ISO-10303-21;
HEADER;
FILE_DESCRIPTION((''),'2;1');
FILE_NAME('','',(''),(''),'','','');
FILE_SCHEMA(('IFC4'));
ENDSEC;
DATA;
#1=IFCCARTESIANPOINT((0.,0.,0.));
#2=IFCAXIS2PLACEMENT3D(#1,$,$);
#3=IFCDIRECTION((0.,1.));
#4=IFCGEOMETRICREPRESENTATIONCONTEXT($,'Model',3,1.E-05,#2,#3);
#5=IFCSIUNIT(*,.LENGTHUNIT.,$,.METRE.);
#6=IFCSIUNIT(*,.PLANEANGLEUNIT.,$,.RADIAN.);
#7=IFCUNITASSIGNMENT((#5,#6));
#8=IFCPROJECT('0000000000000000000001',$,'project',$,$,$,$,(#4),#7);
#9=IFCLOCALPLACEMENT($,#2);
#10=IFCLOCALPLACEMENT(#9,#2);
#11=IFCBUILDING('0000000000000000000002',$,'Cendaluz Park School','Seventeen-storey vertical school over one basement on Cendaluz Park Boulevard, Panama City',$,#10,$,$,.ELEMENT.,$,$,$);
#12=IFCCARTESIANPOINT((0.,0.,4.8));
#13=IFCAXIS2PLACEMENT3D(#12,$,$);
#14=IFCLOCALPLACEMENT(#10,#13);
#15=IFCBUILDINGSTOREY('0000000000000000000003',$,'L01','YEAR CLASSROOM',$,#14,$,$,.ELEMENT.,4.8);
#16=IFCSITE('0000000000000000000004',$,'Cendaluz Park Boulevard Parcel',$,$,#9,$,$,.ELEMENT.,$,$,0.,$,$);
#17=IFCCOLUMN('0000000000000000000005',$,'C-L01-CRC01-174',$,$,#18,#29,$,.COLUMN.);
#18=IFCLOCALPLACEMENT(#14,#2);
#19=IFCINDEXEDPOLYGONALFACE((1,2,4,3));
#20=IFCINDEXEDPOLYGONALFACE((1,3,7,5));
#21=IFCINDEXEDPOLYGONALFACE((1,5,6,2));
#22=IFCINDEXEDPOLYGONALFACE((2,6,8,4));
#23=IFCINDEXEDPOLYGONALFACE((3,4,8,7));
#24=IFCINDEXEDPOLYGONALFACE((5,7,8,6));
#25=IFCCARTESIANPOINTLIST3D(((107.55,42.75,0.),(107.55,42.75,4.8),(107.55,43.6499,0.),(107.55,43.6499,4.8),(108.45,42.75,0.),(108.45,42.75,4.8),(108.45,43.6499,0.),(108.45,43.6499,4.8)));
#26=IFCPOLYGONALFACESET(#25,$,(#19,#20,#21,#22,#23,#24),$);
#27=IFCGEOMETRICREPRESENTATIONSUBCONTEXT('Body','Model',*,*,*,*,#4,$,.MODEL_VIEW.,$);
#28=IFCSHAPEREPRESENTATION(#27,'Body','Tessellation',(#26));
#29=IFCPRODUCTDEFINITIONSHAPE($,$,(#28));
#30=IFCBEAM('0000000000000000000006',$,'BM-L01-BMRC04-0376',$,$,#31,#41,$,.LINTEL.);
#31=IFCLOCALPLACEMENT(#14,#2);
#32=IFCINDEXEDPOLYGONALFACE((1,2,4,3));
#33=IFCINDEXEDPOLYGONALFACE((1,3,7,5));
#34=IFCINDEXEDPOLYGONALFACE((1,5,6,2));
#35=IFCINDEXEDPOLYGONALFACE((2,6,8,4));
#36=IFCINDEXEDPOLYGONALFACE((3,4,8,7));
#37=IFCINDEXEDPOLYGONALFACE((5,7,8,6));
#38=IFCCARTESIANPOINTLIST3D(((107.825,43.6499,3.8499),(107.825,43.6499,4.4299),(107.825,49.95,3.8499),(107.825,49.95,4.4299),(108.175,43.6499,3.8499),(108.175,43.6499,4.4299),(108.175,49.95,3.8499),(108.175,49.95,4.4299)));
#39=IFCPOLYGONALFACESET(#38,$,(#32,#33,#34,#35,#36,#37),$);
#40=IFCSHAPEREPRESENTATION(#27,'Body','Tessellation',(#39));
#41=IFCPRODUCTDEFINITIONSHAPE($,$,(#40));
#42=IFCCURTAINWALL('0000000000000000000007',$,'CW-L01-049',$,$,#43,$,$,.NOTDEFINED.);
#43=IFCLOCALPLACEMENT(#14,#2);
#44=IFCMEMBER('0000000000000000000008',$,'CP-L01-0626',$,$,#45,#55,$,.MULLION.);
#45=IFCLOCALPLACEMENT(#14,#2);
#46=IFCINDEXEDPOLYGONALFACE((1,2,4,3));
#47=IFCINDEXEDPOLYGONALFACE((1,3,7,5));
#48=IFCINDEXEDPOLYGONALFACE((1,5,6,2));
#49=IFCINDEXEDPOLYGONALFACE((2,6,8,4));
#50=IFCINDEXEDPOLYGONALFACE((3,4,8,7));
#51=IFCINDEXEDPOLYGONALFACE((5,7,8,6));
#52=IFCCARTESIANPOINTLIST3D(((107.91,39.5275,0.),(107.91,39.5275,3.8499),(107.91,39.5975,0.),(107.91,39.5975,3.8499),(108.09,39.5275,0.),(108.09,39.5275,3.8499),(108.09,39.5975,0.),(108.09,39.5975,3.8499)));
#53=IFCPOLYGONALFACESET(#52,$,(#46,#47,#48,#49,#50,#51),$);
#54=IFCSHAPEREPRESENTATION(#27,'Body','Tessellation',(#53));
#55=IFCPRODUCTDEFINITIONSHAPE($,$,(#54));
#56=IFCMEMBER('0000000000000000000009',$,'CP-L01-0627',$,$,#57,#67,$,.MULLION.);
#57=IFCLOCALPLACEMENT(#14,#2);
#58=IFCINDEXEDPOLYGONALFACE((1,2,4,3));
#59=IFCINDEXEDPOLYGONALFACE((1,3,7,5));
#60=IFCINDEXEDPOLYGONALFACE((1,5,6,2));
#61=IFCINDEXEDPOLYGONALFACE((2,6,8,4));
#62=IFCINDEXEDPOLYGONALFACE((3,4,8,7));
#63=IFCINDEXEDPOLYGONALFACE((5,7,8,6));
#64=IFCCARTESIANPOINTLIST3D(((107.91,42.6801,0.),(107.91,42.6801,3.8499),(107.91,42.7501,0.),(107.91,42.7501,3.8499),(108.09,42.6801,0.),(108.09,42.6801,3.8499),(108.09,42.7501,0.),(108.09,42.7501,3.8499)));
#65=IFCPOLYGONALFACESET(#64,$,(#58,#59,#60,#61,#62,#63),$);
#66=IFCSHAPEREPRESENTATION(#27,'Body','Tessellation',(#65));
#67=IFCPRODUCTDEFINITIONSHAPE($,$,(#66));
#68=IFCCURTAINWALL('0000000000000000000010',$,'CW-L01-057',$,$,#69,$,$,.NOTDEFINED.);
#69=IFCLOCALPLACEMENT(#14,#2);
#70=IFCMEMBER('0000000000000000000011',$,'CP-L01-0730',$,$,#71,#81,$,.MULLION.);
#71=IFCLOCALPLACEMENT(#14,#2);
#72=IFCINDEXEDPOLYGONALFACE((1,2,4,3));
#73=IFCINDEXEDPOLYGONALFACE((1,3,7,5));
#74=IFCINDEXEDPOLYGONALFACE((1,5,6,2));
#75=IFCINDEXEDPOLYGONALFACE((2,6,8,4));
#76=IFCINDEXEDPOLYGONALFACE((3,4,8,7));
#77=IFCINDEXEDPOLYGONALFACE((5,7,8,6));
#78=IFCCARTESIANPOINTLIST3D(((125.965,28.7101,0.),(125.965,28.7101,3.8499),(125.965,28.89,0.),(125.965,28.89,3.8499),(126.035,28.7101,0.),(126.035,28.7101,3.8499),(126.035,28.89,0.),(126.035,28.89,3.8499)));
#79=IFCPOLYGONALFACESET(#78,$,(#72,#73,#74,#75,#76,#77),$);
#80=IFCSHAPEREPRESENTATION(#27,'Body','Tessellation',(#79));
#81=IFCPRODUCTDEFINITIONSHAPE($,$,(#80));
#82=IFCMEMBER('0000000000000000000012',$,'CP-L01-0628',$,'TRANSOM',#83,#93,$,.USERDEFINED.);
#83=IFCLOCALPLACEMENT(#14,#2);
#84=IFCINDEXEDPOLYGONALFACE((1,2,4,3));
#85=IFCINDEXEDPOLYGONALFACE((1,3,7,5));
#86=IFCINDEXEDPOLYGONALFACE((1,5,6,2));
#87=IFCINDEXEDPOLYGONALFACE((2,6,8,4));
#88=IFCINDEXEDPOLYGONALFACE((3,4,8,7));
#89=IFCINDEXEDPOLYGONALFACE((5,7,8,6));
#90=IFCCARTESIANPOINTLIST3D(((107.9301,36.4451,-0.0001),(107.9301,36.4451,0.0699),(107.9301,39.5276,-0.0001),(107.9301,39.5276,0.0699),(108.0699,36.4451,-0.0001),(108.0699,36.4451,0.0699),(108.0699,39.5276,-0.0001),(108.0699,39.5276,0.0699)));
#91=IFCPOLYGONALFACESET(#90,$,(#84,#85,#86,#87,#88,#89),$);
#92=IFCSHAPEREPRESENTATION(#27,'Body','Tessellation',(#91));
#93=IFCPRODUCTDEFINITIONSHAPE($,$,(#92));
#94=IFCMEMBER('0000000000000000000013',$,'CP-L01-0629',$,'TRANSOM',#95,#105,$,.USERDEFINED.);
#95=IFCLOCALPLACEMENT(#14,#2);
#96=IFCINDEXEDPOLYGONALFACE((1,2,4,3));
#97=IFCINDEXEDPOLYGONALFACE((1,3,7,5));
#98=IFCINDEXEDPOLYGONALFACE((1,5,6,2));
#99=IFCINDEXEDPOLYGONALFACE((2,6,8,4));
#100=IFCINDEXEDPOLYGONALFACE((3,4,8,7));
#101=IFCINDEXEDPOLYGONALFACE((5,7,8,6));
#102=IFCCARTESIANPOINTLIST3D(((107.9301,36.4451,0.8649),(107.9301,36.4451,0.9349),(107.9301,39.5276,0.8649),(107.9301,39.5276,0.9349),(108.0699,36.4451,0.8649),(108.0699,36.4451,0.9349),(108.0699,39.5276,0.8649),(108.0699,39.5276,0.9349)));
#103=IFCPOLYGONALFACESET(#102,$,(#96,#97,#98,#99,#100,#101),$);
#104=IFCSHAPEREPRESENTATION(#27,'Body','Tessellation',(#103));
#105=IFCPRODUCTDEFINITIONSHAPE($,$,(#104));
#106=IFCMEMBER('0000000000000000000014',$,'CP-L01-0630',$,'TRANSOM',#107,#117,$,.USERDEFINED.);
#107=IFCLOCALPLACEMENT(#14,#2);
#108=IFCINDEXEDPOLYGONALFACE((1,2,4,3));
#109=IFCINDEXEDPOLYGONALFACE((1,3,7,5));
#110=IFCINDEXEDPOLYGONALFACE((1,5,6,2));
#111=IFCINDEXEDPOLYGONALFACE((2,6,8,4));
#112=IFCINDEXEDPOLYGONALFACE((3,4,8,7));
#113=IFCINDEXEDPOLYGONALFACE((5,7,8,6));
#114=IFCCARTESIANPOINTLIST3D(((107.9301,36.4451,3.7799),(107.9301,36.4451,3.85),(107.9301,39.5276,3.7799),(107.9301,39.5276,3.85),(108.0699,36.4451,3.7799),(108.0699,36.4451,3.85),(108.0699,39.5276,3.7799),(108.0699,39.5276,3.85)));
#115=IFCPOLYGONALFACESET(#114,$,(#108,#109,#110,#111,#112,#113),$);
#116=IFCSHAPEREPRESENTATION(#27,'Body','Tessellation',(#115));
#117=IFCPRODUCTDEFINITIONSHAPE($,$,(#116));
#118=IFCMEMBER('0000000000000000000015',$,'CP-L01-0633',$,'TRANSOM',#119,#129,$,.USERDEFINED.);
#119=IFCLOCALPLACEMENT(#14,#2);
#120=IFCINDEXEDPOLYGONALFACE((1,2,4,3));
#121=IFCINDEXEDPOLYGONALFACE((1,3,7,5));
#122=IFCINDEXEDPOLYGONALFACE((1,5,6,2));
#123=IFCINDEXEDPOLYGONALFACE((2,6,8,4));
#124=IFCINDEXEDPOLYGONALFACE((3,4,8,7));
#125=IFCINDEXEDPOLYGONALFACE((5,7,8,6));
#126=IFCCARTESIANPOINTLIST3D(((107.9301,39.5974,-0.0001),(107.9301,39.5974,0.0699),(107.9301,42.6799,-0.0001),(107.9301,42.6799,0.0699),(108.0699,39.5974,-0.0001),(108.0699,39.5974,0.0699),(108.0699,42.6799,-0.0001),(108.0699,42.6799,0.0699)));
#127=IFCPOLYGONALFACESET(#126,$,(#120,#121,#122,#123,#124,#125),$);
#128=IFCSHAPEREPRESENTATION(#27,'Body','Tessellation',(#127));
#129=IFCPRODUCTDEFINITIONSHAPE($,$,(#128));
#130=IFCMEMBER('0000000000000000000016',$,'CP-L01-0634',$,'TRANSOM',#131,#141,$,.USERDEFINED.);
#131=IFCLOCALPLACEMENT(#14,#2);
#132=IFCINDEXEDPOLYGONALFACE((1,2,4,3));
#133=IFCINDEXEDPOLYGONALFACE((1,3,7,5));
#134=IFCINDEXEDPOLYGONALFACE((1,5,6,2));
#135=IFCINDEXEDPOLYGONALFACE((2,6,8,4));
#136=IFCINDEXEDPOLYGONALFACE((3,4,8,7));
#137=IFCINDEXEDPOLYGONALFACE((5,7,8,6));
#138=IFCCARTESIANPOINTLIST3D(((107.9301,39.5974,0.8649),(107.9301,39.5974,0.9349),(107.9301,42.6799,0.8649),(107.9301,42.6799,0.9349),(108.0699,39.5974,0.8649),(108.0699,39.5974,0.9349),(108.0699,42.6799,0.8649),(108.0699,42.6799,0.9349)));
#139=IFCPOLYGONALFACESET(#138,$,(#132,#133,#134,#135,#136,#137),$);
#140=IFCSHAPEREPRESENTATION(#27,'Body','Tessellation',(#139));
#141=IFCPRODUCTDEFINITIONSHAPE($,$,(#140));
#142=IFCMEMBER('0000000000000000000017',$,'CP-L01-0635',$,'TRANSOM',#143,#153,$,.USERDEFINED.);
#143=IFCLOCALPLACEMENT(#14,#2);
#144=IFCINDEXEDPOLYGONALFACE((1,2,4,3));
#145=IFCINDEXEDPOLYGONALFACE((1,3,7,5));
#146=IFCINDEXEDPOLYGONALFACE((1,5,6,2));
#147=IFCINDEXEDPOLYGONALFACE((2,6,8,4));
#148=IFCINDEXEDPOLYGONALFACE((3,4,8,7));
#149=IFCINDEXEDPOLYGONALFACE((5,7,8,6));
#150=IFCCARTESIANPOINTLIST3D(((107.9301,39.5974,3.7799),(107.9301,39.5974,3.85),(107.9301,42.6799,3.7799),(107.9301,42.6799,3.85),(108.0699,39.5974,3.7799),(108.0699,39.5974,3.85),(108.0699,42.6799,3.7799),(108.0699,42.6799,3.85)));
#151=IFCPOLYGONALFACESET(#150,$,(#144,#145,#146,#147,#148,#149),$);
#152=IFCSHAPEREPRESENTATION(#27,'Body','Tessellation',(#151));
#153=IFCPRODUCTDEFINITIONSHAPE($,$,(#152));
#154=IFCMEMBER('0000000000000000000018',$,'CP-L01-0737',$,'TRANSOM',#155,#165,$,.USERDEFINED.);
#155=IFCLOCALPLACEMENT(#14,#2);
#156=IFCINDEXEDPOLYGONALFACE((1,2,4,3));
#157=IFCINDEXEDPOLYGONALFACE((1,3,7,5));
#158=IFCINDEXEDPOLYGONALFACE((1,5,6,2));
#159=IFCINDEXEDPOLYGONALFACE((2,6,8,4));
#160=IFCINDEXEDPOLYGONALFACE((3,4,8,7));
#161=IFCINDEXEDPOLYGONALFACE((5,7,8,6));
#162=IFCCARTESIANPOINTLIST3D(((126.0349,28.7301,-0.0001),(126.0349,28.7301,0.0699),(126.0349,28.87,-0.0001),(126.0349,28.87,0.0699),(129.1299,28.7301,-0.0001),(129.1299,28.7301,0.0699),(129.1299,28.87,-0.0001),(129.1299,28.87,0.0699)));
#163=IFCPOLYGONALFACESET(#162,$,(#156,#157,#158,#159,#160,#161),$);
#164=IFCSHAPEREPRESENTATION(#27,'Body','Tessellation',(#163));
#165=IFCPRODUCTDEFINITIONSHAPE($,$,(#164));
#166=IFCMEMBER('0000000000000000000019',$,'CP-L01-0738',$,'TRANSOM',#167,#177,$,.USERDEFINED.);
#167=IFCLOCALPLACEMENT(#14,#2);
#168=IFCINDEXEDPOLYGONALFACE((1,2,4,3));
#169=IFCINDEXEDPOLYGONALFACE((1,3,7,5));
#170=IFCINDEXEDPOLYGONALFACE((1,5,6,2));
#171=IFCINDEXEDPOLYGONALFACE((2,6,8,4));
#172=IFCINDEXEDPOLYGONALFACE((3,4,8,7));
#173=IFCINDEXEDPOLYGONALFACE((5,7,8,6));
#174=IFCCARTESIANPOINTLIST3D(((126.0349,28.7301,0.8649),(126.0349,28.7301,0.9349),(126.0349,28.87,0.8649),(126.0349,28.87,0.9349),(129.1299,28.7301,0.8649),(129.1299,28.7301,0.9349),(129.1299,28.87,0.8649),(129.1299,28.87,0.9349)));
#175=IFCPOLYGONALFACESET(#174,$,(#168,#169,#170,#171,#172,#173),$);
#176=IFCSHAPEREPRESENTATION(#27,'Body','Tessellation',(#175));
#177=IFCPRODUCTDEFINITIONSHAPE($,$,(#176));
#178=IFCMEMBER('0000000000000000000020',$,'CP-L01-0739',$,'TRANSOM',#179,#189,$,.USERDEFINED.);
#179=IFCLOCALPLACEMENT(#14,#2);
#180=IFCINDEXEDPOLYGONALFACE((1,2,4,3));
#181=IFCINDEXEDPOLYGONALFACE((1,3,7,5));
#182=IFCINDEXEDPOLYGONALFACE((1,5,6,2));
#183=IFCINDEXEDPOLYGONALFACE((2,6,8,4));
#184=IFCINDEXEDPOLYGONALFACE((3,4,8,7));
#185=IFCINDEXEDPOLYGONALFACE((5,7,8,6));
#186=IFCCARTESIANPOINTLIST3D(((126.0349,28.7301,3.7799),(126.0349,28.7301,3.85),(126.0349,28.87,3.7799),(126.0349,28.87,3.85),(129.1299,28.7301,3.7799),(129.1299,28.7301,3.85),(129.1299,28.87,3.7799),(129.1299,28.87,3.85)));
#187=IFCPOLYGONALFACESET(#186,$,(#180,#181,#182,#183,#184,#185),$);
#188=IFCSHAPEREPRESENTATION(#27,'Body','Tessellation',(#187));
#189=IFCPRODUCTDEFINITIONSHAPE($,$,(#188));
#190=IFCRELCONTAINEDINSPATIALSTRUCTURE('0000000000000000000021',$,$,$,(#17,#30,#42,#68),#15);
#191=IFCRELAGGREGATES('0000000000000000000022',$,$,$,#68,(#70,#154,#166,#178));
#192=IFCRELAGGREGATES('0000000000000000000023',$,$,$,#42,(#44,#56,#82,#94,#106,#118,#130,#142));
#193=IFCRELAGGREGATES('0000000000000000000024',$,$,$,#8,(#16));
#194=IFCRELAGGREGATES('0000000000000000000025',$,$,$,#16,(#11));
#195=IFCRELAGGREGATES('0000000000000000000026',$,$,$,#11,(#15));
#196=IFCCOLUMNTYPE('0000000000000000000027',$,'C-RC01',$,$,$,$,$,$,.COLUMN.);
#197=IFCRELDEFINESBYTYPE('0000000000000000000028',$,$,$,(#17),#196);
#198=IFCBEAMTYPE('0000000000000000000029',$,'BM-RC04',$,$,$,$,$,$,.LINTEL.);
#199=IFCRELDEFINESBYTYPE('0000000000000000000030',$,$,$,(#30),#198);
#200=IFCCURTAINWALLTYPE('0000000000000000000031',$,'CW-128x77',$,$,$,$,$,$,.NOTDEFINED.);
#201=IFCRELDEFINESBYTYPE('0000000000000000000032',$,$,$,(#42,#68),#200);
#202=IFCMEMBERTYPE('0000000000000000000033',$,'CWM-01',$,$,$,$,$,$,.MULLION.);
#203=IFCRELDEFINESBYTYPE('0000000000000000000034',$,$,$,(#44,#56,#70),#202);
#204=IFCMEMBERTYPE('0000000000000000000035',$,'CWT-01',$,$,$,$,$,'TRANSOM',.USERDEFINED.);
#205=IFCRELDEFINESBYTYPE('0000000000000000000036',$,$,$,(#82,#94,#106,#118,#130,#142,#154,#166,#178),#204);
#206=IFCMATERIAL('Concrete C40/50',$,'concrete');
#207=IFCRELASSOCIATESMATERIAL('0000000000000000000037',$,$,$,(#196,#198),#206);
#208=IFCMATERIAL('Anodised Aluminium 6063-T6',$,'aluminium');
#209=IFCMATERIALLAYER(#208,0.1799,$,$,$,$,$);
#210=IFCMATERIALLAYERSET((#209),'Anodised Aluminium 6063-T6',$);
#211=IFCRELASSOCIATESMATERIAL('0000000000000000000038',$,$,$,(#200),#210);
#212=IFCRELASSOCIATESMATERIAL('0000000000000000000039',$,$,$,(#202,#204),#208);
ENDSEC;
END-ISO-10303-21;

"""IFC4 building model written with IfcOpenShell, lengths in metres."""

from ifc_helpers import new_model, si_unit, direction, frame, origin, origin_2d, place, context, subcontext, project, spatial, rectangle, extrude, material, layer, layer_set, material_profile, profile_set, type_object, element, aggregate, save


model = new_model("IFC4")

# Units and contexts
model_context = context("Model", 3, precision=1e-05, world=origin(), true_north=direction((0.0, 1.0)))
body_context = subcontext(model_context, "Body", "Model", "MODEL_VIEW")
ifc_project = project(units=[si_unit("LENGTHUNIT", "METRE"), si_unit("PLANEANGLEUNIT", "RADIAN")], contexts=[model_context])

# Site, building, storey
site_placement = place(None, origin())
site = spatial("IfcSite", under=ifc_project, at=site_placement, Name="Cendaluz Park Boulevard Parcel", CompositionType="ELEMENT", RefElevation=0.0)
building_placement = place(site_placement, origin())
building = spatial("IfcBuilding", under=site, at=building_placement, Name="Cendaluz Park School", Description="Seventeen-storey vertical school over one basement on Cendaluz Park Boulevard, Panama City", CompositionType="ELEMENT")
storey_placement = place(building_placement, frame((0.0, 0.0, 4.8)))
storey = spatial("IfcBuildingStorey", under=building, at=storey_placement, Name="L01", Description="YEAR CLASSROOM", CompositionType="ELEMENT", Elevation=4.8)

# Column
ifc_material_1 = material(Name="Concrete C40/50", Category="concrete")
ifc_material_profile_1 = material_profile(ifc_material_1, rectangle(XDim=0.8999, YDim=0.8999, at=origin_2d()), Name="RC 900x900", Category="concrete")
ifc_profile_set_1 = profile_set([ifc_material_profile_1], Name="Concrete C40/50")
column_type = type_object("IfcColumnType", Name="C-RC01", PredefinedType="COLUMN", material=ifc_profile_set_1)
column_placement = place(storey_placement, frame((108.0, 43.2, 0.0), z_axis=(0.0, 0.0, 1.0), x_axis=(1.0, 0.0, 0.0)))
element("IfcColumn", 1, at=column_placement, inside=storey, type_object=column_type, Name="C-L01-CRC01-174", PredefinedType="COLUMN", context=body_context, shape_type="SweptSolid", body=[
    extrude(rectangle(XDim=0.8999, YDim=0.8999, at=origin_2d()), origin(), (0.0, 0.0, 1.0), 4.8),
])

# Beam
ifc_material_profile_2 = material_profile(ifc_material_1, rectangle(XDim=0.3501, YDim=0.5801, at=origin_2d()), Name="RC 350x580", Category="concrete")
ifc_profile_set_2 = profile_set([ifc_material_profile_2], Name="Concrete C40/50")
beam_type = type_object("IfcBeamType", Name="BM-RC04", PredefinedType="LINTEL", material=ifc_profile_set_2)
beam_placement = place(storey_placement, frame((108.0, 43.6499, 4.1399), z_axis=(0.0, 1.0, 0.0), x_axis=(-1.0, 0.0, 0.0)))
element("IfcBeam", 2, at=beam_placement, inside=storey, type_object=beam_type, Name="BM-L01-BMRC04-0376", PredefinedType="LINTEL", context=body_context, shape_type="SweptSolid", body=[
    extrude(rectangle(XDim=0.3501, YDim=0.5801, at=origin_2d()), origin(), (0.0, 0.0, 1.0), 6.3),
])

# Curtain wall, members
ifc_material_2 = material(Name="Anodised Aluminium 6063-T6", Category="aluminium")
ifc_layer_1 = layer(ifc_material_2, 0.1799)
ifc_layer_set_1 = layer_set([ifc_layer_1], Name="Anodised Aluminium 6063-T6")
curtain_wall_type = type_object("IfcCurtainWallType", Name="CW-128x77", PredefinedType="NOTDEFINED", material=ifc_layer_set_1)
curtain_wall_1_placement = place(storey_placement, origin())
curtain_wall_1 = element("IfcCurtainWall", 3, at=curtain_wall_1_placement, inside=storey, type_object=curtain_wall_type, Name="CW-L01-049", PredefinedType="NOTDEFINED")
ifc_material_profile_3 = material_profile(ifc_material_2, rectangle(XDim=0.1799, YDim=0.0701, at=origin_2d()), Name="CWM 180x70", Category="aluminium")
ifc_profile_set_3 = profile_set([ifc_material_profile_3], Name="Anodised Aluminium 6063-T6")
member_type_1 = type_object("IfcMemberType", Name="CWM-01", PredefinedType="MULLION", material=ifc_profile_set_3)
member_1_placement = place(storey_placement, frame((108.0, 39.5625, 0.0), z_axis=(0.0, 0.0, 1.0), x_axis=(-1.0, 0.0, 0.0)))
member_1 = element("IfcMember", 4, at=member_1_placement, type_object=member_type_1, Name="CP-L01-0626", PredefinedType="MULLION", context=body_context, shape_type="SweptSolid", body=[
    extrude(rectangle(XDim=0.1799, YDim=0.0701, at=origin_2d()), origin(), (0.0, 0.0, 1.0), 3.8499),
])
member_2_placement = place(storey_placement, frame((108.0, 42.7151, 0.0), z_axis=(0.0, 0.0, 1.0), x_axis=(-1.0, 0.0, 0.0)))
member_2 = element("IfcMember", 5, at=member_2_placement, type_object=member_type_1, Name="CP-L01-0627", PredefinedType="MULLION", context=body_context, shape_type="SweptSolid", body=[
    extrude(rectangle(XDim=0.1799, YDim=0.0701, at=origin_2d()), origin(), (0.0, 0.0, 1.0), 3.8499),
])

# Curtain wall, member
curtain_wall_2_placement = place(storey_placement, origin())
curtain_wall_2 = element("IfcCurtainWall", 6, at=curtain_wall_2_placement, inside=storey, type_object=curtain_wall_type, Name="CW-L01-057", PredefinedType="NOTDEFINED")
member_3_placement = place(storey_placement, frame((126.0, 28.8, 0.0), z_axis=(0.0, 0.0, 1.0), x_axis=(0.0, 1.0, 0.0)))
member_3 = element("IfcMember", 7, at=member_3_placement, type_object=member_type_1, Name="CP-L01-0730", PredefinedType="MULLION", context=body_context, shape_type="SweptSolid", body=[
    extrude(rectangle(XDim=0.1799, YDim=0.0701, at=origin_2d()), origin(), (0.0, 0.0, 1.0), 3.8499),
])

# Members
ifc_material_profile_4 = material_profile(ifc_material_2, rectangle(XDim=0.1399, YDim=0.0701, at=origin_2d()), Name="CWT 140x70", Category="aluminium")
ifc_profile_set_4 = profile_set([ifc_material_profile_4], Name="Anodised Aluminium 6063-T6")
member_type_2 = type_object("IfcMemberType", Name="CWT-01", ElementType="TRANSOM", PredefinedType="USERDEFINED", material=ifc_profile_set_4)
member_4_placement = place(storey_placement, frame((108.0, 36.4451, 0.0349), z_axis=(0.0, 1.0, 0.0), x_axis=(-1.0, 0.0, 0.0)))
member_4 = element("IfcMember", 8, at=member_4_placement, type_object=member_type_2, Name="CP-L01-0628", ObjectType="TRANSOM", PredefinedType="USERDEFINED", context=body_context, shape_type="SweptSolid", body=[
    extrude(rectangle(XDim=0.1399, YDim=0.0701, at=origin_2d()), origin(), (0.0, 0.0, 1.0), 3.0825),
])
member_5_placement = place(storey_placement, frame((108.0, 36.4451, 0.8999), z_axis=(0.0, 1.0, 0.0), x_axis=(-1.0, 0.0, 0.0)))
member_5 = element("IfcMember", 9, at=member_5_placement, type_object=member_type_2, Name="CP-L01-0629", ObjectType="TRANSOM", PredefinedType="USERDEFINED", context=body_context, shape_type="SweptSolid", body=[
    extrude(rectangle(XDim=0.1399, YDim=0.0701, at=origin_2d()), origin(), (0.0, 0.0, 1.0), 3.0825),
])
member_6_placement = place(storey_placement, frame((108.0, 36.4451, 3.8149), z_axis=(0.0, 1.0, 0.0), x_axis=(-1.0, 0.0, 0.0)))
member_6 = element("IfcMember", 10, at=member_6_placement, type_object=member_type_2, Name="CP-L01-0630", ObjectType="TRANSOM", PredefinedType="USERDEFINED", context=body_context, shape_type="SweptSolid", body=[
    extrude(rectangle(XDim=0.1399, YDim=0.0701, at=origin_2d()), origin(), (0.0, 0.0, 1.0), 3.0825),
])
member_7_placement = place(storey_placement, frame((108.0, 39.5974, 0.0349), z_axis=(0.0, 1.0, 0.0), x_axis=(-1.0, 0.0, 0.0)))
member_7 = element("IfcMember", 11, at=member_7_placement, type_object=member_type_2, Name="CP-L01-0633", ObjectType="TRANSOM", PredefinedType="USERDEFINED", context=body_context, shape_type="SweptSolid", body=[
    extrude(rectangle(XDim=0.1399, YDim=0.0701, at=origin_2d()), origin(), (0.0, 0.0, 1.0), 3.0825),
])
member_8_placement = place(storey_placement, frame((108.0, 39.5974, 0.8999), z_axis=(0.0, 1.0, 0.0), x_axis=(-1.0, 0.0, 0.0)))
member_8 = element("IfcMember", 12, at=member_8_placement, type_object=member_type_2, Name="CP-L01-0634", ObjectType="TRANSOM", PredefinedType="USERDEFINED", context=body_context, shape_type="SweptSolid", body=[
    extrude(rectangle(XDim=0.1399, YDim=0.0701, at=origin_2d()), origin(), (0.0, 0.0, 1.0), 3.0825),
])
member_9_placement = place(storey_placement, frame((108.0, 39.5974, 3.8149), z_axis=(0.0, 1.0, 0.0), x_axis=(-1.0, 0.0, 0.0)))
member_9 = element("IfcMember", 13, at=member_9_placement, type_object=member_type_2, Name="CP-L01-0635", ObjectType="TRANSOM", PredefinedType="USERDEFINED", context=body_context, shape_type="SweptSolid", body=[
    extrude(rectangle(XDim=0.1399, YDim=0.0701, at=origin_2d()), origin(), (0.0, 0.0, 1.0), 3.0825),
])
member_10_placement = place(storey_placement, frame((126.0349, 28.8, 0.0349), z_axis=(1.0, 0.0, 0.0), x_axis=(0.0, 1.0, 0.0)))
member_10 = element("IfcMember", 14, at=member_10_placement, type_object=member_type_2, Name="CP-L01-0737", ObjectType="TRANSOM", PredefinedType="USERDEFINED", context=body_context, shape_type="SweptSolid", body=[
    extrude(rectangle(XDim=0.1399, YDim=0.0701, at=origin_2d()), origin(), (0.0, 0.0, 1.0), 3.095),
])
member_11_placement = place(storey_placement, frame((126.0349, 28.8, 0.8999), z_axis=(1.0, 0.0, 0.0), x_axis=(0.0, 1.0, 0.0)))
member_11 = element("IfcMember", 15, at=member_11_placement, type_object=member_type_2, Name="CP-L01-0738", ObjectType="TRANSOM", PredefinedType="USERDEFINED", context=body_context, shape_type="SweptSolid", body=[
    extrude(rectangle(XDim=0.1399, YDim=0.0701, at=origin_2d()), origin(), (0.0, 0.0, 1.0), 3.095),
])
member_12_placement = place(storey_placement, frame((126.0349, 28.8, 3.8149), z_axis=(1.0, 0.0, 0.0), x_axis=(0.0, 1.0, 0.0)))
member_12 = element("IfcMember", 16, at=member_12_placement, type_object=member_type_2, Name="CP-L01-0739", ObjectType="TRANSOM", PredefinedType="USERDEFINED", context=body_context, shape_type="SweptSolid", body=[
    extrude(rectangle(XDim=0.1399, YDim=0.0701, at=origin_2d()), origin(), (0.0, 0.0, 1.0), 3.095),
])
aggregate(curtain_wall_2, [member_3, member_10, member_11, member_12])

aggregate(curtain_wall_1, [member_1, member_2, member_4, member_5, member_6, member_7, member_8, member_9])

save(model, "model.ifc")
